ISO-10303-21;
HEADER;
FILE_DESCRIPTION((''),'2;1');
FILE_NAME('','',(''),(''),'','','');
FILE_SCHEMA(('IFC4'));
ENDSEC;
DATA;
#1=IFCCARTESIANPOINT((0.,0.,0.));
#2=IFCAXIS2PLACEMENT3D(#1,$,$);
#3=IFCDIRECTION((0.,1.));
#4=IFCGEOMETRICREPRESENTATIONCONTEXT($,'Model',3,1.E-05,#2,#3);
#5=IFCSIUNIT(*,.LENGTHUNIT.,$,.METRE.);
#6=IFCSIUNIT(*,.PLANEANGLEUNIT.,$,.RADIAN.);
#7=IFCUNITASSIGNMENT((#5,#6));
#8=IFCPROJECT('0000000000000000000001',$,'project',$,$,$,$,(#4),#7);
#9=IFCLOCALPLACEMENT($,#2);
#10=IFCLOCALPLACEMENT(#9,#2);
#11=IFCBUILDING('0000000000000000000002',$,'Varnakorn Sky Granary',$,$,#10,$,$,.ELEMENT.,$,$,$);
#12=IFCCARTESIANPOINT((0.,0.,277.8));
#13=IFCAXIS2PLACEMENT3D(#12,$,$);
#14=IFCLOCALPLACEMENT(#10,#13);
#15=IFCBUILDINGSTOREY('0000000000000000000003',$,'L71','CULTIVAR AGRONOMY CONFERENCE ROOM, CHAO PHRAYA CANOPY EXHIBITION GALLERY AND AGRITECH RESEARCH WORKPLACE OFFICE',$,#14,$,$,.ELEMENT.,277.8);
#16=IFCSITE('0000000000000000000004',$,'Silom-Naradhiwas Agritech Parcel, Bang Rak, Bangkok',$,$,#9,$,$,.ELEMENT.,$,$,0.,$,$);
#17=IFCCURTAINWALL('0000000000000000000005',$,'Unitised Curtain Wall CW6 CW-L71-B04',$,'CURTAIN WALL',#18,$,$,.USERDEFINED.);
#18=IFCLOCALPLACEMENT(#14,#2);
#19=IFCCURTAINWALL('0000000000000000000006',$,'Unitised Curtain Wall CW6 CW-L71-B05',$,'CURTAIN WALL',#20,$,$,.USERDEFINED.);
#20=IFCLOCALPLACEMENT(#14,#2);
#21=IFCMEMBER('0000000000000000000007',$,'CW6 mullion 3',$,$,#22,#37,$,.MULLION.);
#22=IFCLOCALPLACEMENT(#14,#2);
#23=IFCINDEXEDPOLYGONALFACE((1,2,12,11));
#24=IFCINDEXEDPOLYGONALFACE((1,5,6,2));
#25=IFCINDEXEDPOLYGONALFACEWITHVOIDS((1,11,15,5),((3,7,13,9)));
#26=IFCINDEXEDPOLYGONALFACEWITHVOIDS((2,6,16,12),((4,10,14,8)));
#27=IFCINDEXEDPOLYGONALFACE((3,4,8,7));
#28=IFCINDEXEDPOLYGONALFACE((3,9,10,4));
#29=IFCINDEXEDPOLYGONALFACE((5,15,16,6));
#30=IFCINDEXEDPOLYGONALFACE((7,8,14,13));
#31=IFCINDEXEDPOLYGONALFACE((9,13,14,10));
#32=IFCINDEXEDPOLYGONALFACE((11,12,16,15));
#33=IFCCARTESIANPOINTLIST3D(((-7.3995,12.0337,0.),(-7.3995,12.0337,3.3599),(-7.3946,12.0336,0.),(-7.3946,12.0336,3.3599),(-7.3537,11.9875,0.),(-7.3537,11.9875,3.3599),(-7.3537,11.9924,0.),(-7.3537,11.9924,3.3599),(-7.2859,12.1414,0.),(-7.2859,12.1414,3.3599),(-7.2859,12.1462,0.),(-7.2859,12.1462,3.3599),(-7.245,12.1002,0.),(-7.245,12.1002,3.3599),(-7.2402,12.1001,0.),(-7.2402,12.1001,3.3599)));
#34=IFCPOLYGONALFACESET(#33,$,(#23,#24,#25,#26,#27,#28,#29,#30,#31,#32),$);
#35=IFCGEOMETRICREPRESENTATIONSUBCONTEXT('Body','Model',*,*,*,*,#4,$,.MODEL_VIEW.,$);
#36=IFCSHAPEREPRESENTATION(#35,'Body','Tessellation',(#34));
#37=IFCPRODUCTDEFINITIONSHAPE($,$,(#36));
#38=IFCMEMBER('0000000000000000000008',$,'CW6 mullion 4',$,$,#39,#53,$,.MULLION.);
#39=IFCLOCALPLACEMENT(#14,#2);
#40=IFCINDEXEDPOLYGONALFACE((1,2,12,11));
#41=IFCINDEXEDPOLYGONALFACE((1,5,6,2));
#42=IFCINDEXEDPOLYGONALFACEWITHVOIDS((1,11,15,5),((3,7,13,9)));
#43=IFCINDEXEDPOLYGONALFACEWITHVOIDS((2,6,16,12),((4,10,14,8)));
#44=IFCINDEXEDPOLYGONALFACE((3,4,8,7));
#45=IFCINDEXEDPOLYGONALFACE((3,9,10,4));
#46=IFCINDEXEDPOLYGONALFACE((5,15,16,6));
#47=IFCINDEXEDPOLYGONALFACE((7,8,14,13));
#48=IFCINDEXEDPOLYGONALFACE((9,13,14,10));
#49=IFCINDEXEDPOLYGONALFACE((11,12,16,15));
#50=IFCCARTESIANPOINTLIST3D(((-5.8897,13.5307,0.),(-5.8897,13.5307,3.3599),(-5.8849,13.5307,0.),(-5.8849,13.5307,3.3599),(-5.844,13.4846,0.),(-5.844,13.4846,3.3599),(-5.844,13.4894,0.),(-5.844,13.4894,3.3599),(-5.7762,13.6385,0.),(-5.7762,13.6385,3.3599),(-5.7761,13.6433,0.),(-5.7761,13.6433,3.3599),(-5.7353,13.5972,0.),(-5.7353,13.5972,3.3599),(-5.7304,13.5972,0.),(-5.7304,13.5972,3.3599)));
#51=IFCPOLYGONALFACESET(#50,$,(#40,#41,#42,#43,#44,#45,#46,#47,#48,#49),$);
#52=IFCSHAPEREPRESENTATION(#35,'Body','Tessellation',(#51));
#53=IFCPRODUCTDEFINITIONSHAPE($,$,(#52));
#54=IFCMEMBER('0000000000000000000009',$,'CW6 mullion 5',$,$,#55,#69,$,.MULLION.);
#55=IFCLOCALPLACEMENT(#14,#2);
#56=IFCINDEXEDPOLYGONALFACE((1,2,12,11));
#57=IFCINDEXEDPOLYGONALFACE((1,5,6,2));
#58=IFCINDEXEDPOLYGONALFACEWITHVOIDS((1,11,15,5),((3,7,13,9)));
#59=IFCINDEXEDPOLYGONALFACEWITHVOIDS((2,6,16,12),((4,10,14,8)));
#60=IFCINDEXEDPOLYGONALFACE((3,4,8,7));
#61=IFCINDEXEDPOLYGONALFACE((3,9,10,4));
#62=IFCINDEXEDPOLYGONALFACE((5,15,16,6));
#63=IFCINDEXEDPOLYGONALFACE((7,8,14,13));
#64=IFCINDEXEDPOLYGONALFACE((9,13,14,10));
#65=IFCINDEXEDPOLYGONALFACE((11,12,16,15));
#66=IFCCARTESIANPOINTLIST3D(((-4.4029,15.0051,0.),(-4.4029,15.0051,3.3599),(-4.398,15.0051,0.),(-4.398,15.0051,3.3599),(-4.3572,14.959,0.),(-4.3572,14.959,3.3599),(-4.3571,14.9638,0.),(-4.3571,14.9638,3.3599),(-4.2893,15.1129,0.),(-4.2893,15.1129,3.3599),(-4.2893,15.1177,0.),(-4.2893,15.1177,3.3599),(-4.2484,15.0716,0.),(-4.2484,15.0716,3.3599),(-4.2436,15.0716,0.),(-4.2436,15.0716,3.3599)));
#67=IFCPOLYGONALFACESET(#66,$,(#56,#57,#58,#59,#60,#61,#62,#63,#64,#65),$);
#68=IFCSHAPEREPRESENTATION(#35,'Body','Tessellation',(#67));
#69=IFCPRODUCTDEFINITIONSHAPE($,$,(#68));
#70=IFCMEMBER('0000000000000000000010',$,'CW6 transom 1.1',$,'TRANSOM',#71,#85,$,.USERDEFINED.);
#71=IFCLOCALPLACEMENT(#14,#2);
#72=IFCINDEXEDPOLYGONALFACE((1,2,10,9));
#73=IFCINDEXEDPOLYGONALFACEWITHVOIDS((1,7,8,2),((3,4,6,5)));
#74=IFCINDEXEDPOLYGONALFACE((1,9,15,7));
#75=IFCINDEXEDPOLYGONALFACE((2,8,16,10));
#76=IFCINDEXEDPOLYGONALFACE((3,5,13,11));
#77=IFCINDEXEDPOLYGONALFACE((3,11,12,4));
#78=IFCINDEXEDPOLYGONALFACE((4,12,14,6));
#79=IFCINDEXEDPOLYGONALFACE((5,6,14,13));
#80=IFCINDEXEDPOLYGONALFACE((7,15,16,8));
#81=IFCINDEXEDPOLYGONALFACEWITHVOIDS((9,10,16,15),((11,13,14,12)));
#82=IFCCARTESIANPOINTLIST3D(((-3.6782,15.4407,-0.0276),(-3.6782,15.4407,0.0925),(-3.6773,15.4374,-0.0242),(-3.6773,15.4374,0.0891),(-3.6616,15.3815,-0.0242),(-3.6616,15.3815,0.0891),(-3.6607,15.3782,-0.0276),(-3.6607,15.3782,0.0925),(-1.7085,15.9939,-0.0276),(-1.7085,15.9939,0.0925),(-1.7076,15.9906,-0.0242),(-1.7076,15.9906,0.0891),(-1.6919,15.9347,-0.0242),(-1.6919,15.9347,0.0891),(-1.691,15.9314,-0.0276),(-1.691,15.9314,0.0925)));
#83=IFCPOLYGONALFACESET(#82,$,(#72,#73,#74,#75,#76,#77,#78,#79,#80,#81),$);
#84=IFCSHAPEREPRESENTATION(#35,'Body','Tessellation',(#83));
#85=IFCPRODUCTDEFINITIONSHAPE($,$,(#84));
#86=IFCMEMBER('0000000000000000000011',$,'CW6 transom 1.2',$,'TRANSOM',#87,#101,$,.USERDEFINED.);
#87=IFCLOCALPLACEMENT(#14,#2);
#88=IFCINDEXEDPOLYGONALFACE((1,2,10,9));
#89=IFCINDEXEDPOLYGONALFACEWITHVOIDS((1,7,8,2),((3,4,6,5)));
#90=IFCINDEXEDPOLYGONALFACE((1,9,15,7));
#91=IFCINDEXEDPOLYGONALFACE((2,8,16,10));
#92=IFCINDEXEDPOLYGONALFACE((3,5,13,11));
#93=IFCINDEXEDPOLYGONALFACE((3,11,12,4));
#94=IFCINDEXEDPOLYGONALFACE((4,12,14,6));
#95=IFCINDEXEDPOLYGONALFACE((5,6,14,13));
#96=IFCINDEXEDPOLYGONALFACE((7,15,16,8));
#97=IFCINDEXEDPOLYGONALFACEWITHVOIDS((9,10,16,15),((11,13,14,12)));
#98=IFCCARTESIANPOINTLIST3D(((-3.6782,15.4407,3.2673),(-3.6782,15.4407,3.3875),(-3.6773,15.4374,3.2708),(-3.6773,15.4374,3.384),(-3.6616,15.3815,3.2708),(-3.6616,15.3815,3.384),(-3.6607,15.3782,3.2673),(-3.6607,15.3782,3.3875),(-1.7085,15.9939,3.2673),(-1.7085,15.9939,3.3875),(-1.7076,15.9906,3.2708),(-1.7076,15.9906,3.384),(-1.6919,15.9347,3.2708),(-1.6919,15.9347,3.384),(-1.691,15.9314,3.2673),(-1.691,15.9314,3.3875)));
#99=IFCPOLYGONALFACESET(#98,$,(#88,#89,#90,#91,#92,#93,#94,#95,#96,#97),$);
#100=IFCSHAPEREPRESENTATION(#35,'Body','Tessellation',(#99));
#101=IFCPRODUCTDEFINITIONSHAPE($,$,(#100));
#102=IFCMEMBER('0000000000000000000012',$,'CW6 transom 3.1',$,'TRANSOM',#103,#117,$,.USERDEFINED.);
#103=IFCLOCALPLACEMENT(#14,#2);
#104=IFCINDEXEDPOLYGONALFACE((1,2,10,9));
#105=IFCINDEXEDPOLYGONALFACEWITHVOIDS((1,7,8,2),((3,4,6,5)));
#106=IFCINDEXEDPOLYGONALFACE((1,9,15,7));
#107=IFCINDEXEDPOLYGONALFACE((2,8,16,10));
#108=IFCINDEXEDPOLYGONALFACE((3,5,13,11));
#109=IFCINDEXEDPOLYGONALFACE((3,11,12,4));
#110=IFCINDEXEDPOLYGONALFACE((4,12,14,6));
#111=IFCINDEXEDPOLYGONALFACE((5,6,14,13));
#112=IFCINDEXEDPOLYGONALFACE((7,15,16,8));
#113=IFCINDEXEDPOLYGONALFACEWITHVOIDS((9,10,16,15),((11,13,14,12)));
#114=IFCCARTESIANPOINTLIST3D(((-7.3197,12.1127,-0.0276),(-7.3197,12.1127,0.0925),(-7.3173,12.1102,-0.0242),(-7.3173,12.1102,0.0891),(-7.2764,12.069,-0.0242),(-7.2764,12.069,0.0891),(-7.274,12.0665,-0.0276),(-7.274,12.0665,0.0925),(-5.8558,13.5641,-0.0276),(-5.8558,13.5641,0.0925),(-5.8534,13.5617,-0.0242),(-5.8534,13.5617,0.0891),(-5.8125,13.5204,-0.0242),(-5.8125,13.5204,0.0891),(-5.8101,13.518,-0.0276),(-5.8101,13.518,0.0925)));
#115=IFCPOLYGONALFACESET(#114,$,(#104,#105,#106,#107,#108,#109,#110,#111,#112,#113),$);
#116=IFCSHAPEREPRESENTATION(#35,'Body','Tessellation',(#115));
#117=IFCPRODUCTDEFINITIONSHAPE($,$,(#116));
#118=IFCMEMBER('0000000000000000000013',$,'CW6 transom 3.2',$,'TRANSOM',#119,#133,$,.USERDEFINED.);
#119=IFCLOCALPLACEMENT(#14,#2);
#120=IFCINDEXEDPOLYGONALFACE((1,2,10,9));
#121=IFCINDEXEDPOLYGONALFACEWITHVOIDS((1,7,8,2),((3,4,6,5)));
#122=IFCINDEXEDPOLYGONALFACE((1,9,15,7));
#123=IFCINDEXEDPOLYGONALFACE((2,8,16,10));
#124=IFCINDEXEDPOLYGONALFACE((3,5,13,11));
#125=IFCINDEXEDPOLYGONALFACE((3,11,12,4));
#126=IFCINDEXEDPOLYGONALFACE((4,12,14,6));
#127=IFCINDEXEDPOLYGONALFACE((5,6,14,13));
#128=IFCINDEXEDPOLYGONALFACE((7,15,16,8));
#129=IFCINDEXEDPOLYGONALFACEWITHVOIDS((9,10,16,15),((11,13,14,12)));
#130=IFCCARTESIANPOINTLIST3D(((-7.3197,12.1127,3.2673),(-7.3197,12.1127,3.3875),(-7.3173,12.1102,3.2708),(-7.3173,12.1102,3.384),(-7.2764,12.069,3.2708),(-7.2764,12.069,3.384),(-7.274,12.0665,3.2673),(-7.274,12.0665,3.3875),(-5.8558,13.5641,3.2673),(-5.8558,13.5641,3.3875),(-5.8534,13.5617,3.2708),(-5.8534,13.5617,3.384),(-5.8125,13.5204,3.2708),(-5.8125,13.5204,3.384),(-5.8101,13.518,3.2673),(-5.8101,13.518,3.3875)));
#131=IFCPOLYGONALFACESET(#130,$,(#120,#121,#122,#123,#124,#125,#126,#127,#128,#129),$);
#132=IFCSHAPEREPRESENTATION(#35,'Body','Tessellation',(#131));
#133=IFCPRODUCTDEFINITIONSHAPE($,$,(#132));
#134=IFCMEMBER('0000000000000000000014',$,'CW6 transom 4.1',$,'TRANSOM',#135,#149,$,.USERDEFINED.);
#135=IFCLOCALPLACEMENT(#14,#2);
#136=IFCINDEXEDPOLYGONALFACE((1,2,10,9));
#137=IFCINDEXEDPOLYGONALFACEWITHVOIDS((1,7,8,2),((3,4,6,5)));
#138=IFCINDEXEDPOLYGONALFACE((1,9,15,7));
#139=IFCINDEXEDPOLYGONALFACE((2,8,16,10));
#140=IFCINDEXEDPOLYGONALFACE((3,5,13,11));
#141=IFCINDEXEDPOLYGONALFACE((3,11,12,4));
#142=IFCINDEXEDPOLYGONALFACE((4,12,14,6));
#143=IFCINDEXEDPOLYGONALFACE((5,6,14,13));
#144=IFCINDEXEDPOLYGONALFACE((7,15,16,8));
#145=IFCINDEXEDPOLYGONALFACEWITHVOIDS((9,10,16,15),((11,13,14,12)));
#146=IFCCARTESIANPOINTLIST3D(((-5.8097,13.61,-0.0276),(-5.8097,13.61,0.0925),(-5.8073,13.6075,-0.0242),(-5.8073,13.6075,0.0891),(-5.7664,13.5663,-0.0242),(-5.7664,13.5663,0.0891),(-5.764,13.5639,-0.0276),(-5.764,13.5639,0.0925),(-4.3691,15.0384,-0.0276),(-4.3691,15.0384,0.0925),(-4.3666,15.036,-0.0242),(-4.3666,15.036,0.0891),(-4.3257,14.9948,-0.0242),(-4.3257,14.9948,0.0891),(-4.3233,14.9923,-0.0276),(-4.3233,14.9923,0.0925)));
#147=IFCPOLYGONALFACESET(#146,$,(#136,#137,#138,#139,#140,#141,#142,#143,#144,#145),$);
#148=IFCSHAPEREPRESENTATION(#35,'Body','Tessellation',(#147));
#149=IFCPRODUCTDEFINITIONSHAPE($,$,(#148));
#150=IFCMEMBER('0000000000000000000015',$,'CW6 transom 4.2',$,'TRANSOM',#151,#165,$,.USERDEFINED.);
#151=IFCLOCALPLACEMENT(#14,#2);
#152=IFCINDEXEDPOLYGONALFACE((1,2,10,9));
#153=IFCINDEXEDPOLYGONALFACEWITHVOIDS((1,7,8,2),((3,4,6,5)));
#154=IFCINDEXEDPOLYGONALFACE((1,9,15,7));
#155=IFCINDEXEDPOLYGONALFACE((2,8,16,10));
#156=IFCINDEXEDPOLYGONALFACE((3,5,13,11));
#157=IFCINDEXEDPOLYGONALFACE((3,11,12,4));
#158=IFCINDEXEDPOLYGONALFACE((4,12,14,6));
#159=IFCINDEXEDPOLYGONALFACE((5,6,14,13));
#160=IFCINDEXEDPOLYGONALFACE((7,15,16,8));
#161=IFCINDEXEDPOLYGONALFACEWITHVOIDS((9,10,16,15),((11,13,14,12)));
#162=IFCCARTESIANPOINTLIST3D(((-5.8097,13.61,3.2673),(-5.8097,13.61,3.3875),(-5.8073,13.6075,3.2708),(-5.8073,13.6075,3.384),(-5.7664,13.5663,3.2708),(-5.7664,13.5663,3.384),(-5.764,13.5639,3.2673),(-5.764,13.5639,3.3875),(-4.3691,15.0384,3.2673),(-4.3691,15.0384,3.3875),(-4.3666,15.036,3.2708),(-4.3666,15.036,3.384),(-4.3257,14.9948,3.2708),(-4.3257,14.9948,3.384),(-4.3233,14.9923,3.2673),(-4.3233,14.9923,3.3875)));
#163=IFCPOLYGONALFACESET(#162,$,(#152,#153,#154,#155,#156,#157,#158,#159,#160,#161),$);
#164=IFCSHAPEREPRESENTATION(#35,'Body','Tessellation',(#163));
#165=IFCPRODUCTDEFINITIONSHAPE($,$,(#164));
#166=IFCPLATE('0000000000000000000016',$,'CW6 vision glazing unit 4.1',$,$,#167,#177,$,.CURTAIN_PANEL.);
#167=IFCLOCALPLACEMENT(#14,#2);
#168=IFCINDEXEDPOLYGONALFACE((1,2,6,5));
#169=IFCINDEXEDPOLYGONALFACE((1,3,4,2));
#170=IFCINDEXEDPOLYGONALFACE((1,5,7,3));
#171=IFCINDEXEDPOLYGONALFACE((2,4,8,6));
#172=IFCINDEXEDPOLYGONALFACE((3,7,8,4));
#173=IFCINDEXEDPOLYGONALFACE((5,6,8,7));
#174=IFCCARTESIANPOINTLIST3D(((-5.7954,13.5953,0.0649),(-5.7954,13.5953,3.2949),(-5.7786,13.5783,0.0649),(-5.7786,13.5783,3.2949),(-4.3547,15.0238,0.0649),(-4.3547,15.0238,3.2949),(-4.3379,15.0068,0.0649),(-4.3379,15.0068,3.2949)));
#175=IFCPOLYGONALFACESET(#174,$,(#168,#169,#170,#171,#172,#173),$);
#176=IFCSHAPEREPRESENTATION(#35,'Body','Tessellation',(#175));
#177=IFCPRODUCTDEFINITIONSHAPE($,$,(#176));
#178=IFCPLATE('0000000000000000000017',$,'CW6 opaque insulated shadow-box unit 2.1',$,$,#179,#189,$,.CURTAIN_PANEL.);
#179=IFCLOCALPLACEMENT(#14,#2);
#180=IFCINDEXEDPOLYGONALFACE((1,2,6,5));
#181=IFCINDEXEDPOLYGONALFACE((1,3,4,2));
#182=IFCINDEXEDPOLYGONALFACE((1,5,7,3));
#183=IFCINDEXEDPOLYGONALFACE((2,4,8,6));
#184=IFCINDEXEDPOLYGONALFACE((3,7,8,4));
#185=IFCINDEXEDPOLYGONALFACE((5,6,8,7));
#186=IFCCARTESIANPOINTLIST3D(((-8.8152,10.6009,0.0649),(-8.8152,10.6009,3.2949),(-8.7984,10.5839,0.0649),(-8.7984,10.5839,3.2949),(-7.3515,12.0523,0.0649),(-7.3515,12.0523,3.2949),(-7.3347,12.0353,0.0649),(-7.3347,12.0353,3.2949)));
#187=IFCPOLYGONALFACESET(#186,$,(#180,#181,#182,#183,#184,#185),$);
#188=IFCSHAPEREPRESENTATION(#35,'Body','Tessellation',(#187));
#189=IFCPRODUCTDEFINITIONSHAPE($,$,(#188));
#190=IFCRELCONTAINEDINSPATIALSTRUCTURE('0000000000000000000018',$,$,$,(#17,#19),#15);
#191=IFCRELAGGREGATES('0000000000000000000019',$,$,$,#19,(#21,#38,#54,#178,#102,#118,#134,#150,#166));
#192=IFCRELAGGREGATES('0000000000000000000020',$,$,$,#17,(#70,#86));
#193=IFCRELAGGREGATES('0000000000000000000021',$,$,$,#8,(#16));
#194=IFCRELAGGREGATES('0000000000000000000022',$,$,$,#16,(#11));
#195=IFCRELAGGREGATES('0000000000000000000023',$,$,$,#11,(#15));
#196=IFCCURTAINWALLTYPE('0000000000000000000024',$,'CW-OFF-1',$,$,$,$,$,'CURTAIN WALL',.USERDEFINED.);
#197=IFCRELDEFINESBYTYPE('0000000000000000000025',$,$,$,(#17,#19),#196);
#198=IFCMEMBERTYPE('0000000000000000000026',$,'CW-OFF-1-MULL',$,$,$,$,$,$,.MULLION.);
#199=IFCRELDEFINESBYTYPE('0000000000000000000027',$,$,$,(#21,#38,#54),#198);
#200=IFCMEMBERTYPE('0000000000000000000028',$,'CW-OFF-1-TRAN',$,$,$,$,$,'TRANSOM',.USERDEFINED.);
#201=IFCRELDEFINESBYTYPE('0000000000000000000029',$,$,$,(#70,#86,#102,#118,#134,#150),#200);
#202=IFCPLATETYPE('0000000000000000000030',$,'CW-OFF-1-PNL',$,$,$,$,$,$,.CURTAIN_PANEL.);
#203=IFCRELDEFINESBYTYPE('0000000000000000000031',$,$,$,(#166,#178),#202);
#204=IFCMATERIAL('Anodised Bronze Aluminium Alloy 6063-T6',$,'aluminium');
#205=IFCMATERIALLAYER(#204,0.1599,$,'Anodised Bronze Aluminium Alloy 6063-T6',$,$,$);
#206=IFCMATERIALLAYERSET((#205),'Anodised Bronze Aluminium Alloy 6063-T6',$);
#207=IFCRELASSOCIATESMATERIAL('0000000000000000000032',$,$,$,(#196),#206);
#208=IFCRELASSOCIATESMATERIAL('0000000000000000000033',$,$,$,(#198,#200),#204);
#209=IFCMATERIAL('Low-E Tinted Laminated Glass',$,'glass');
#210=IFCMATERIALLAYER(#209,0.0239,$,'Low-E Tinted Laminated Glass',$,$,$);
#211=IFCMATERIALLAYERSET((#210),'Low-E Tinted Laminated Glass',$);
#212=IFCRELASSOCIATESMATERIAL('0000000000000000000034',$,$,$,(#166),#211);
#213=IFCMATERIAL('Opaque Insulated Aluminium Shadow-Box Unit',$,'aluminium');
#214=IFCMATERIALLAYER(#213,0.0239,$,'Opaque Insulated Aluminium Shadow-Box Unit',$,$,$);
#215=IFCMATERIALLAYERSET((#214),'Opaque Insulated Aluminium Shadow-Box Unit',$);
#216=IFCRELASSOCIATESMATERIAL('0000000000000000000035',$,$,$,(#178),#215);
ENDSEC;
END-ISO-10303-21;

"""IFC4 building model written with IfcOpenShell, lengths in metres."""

from ifc_helpers import new_model, si_unit, direction, frame, origin, origin_2d, place, context, subcontext, project, spatial, rectangle, hollow_rectangle, extrude, source, transform, mapped, material, layer, layer_set, material_profile, profile_set, type_object, element, aggregate, save


model = new_model("IFC4")

# Units and contexts
model_context = context("Model", 3, precision=1e-05, world=origin(), true_north=direction((0.0, 1.0)))
body_context = subcontext(model_context, "Body", "Model", "MODEL_VIEW")
ifc_project = project(units=[si_unit("LENGTHUNIT", "METRE"), si_unit("PLANEANGLEUNIT", "RADIAN")], contexts=[model_context])

# Site, building, storey
site_placement = place(None, origin())
site = spatial("IfcSite", under=ifc_project, at=site_placement, Name="Silom-Naradhiwas Agritech Parcel, Bang Rak, Bangkok", CompositionType="ELEMENT", RefElevation=0.0)
building_placement = place(site_placement, origin())
building = spatial("IfcBuilding", under=site, at=building_placement, Name="Varnakorn Sky Granary", CompositionType="ELEMENT")
storey_placement = place(building_placement, frame((0.0, 0.0, 277.8)))
storey = spatial("IfcBuildingStorey", under=building, at=storey_placement, Name="L71", Description="CULTIVAR AGRONOMY CONFERENCE ROOM, CHAO PHRAYA CANOPY EXHIBITION GALLERY AND AGRITECH RESEARCH WORKPLACE OFFICE", CompositionType="ELEMENT", Elevation=277.8)

# Curtain wall
ifc_material_1 = material(Name="Anodised Bronze Aluminium Alloy 6063-T6", Category="aluminium")
ifc_layer_1 = layer(ifc_material_1, 0.1599, Name="Anodised Bronze Aluminium Alloy 6063-T6")
ifc_layer_set_1 = layer_set([ifc_layer_1], Name="Anodised Bronze Aluminium Alloy 6063-T6")
curtain_wall_type = type_object("IfcCurtainWallType", Name="CW-OFF-1", ElementType="CURTAIN WALL", PredefinedType="USERDEFINED", material=ifc_layer_set_1)
curtain_wall_1_placement = place(storey_placement, origin())
curtain_wall_1 = element("IfcCurtainWall", 1, at=curtain_wall_1_placement, inside=storey, type_object=curtain_wall_type, Name="Unitised Curtain Wall CW6 CW-L71-B04", ObjectType="CURTAIN WALL", PredefinedType="USERDEFINED")
ifc_material_profile_1 = material_profile(ifc_material_1, hollow_rectangle(XDim=0.0649, YDim=0.1599, WallThickness=0.0034, at=origin_2d()), Name="ALU MULL 65x160")
ifc_profile_set_1 = profile_set([ifc_material_profile_1], Name="Anodised Bronze Aluminium Alloy 6063-T6")
member_type_1 = type_object("IfcMemberType", Name="CW-OFF-1-MULL", PredefinedType="MULLION", material=ifc_profile_set_1)

# Curtain wall, members
curtain_wall_2_placement = place(storey_placement, origin())
curtain_wall_2 = element("IfcCurtainWall", 2, at=curtain_wall_2_placement, inside=storey, type_object=curtain_wall_type, Name="Unitised Curtain Wall CW6 CW-L71-B05", ObjectType="CURTAIN WALL", PredefinedType="USERDEFINED")
member_1_placement = place(storey_placement, frame((-7.3198, 12.0669, 0.0), z_axis=(0.0, 0.0, 1.0), x_axis=(-0.704102, 0.710099, 0.0)))
member_1 = element("IfcMember", 3, at=member_1_placement, type_object=member_type_1, Name="CW6 mullion 3", PredefinedType="MULLION", context=body_context, shape_type="SweptSolid", body=[
    extrude(hollow_rectangle(XDim=0.0649, YDim=0.1599, WallThickness=0.0034, at=origin_2d()), origin(), (0.0, 0.0, 1.0), 3.3599),
])
member_2_placement = place(storey_placement, frame((-5.8101, 13.564, 0.0), z_axis=(0.0, 0.0, 1.0), x_axis=(-0.704102, 0.710099, 0.0)))
member_2 = element("IfcMember", 4, at=member_2_placement, type_object=member_type_1, Name="CW6 mullion 4", PredefinedType="MULLION", context=body_context, shape_type="SweptSolid", body=[
    extrude(hollow_rectangle(XDim=0.0649, YDim=0.1599, WallThickness=0.0034, at=origin_2d()), origin(), (0.0, 0.0, 1.0), 3.3599),
])
member_3_placement = place(storey_placement, frame((-4.3232, 15.0383, 0.0), z_axis=(0.0, 0.0, 1.0), x_axis=(-0.704102, 0.710099, 0.0)))
member_3 = element("IfcMember", 5, at=member_3_placement, type_object=member_type_1, Name="CW6 mullion 5", PredefinedType="MULLION", context=body_context, shape_type="SweptSolid", body=[
    extrude(hollow_rectangle(XDim=0.0649, YDim=0.1599, WallThickness=0.0034, at=origin_2d()), origin(), (0.0, 0.0, 1.0), 3.3599),
])

# Members
ifc_material_profile_2 = material_profile(ifc_material_1, hollow_rectangle(XDim=0.0649, YDim=0.1201, WallThickness=0.0034, at=origin_2d()), Name="ALU TRAN 65x120")
ifc_profile_set_2 = profile_set([ifc_material_profile_2], Name="Anodised Bronze Aluminium Alloy 6063-T6")
member_type_2 = type_object("IfcMemberType", Name="CW-OFF-1-TRAN", ElementType="TRANSOM", PredefinedType="USERDEFINED", material=ifc_profile_set_2)
member_4_placement = place(storey_placement, frame((-3.6694, 15.4094, 0.0325), z_axis=(0.962748, 0.2704, 0.0), x_axis=(-0.2704, 0.962748, 0.0)))
member_4 = element("IfcMember", 6, at=member_4_placement, type_object=member_type_2, Name="CW6 transom 1.1", ObjectType="TRANSOM", PredefinedType="USERDEFINED", context=body_context, shape_type="SweptSolid", body=[
    extrude(hollow_rectangle(XDim=0.0649, YDim=0.1201, WallThickness=0.0034, at=origin_2d()), origin(), (0.0, 0.0, 1.0), 2.0459),
])
member_5_placement = place(storey_placement, frame((-3.6694, 15.4094, 3.3274), z_axis=(0.962748, 0.2704, 0.0), x_axis=(-0.2704, 0.962748, 0.0)))
member_5 = element("IfcMember", 7, at=member_5_placement, type_object=member_type_2, Name="CW6 transom 1.2", ObjectType="TRANSOM", PredefinedType="USERDEFINED", context=body_context, shape_type="SweptSolid", body=[
    extrude(hollow_rectangle(XDim=0.0649, YDim=0.1201, WallThickness=0.0034, at=origin_2d()), origin(), (0.0, 0.0, 1.0), 2.0459),
])
member_6_placement = place(storey_placement, frame((-7.2969, 12.0896, 0.0325), z_axis=(0.71012, 0.70408, 0.0), x_axis=(-0.70408, 0.71012, 0.0)))
member_6 = element("IfcMember", 8, at=member_6_placement, type_object=member_type_2, Name="CW6 transom 3.1", ObjectType="TRANSOM", PredefinedType="USERDEFINED", context=body_context, shape_type="SweptSolid", body=[
    extrude(hollow_rectangle(XDim=0.0649, YDim=0.1201, WallThickness=0.0034, at=origin_2d()), origin(), (0.0, 0.0, 1.0), 2.0615),
])
member_7_placement = place(storey_placement, frame((-7.2969, 12.0896, 3.3274), z_axis=(0.71012, 0.70408, 0.0), x_axis=(-0.70408, 0.71012, 0.0)))
member_7 = element("IfcMember", 9, at=member_7_placement, type_object=member_type_2, Name="CW6 transom 3.2", ObjectType="TRANSOM", PredefinedType="USERDEFINED", context=body_context, shape_type="SweptSolid", body=[
    extrude(hollow_rectangle(XDim=0.0649, YDim=0.1201, WallThickness=0.0034, at=origin_2d()), origin(), (0.0, 0.0, 1.0), 2.0615),
])
member_8_placement = place(storey_placement, frame((-5.7869, 13.5869, 0.0325), z_axis=(0.710109, 0.704092, 0.0), x_axis=(-0.704092, 0.710109, 0.0)))
member_8 = element("IfcMember", 10, at=member_8_placement, type_object=member_type_2, Name="CW6 transom 4.1", ObjectType="TRANSOM", PredefinedType="USERDEFINED", context=body_context, shape_type="SweptSolid", body=[
    extrude(hollow_rectangle(XDim=0.0649, YDim=0.1201, WallThickness=0.0034, at=origin_2d()), origin(), (0.0, 0.0, 1.0), 2.0288),
])
member_9_placement = place(storey_placement, frame((-5.7869, 13.5869, 3.3274), z_axis=(0.710109, 0.704092, 0.0), x_axis=(-0.704092, 0.710109, 0.0)))
member_9 = element("IfcMember", 11, at=member_9_placement, type_object=member_type_2, Name="CW6 transom 4.2", ObjectType="TRANSOM", PredefinedType="USERDEFINED", context=body_context, shape_type="SweptSolid", body=[
    extrude(hollow_rectangle(XDim=0.0649, YDim=0.1201, WallThickness=0.0034, at=origin_2d()), origin(), (0.0, 0.0, 1.0), 2.0288),
])

# Plates
ifc_material_2 = material(Name="Low-E Tinted Laminated Glass", Category="glass")
ifc_layer_2 = layer(ifc_material_2, 0.0239, Name="Low-E Tinted Laminated Glass")
ifc_layer_set_2 = layer_set([ifc_layer_2], Name="Low-E Tinted Laminated Glass")
plate_type = type_object("IfcPlateType", Name="CW-OFF-1-PNL", PredefinedType="CURTAIN_PANEL")
shared_shape_1 = source(origin(), body_context, "Body", "SweptSolid", [
    extrude(rectangle(XDim=2.0288, YDim=0.0239, at=origin_2d()), origin(), (0.0, 0.0, 1.0), 3.23),
])
plate_1_placement = place(storey_placement, frame((-5.0667, 14.301, 0.0649), z_axis=(0.0, 0.0, 1.0), x_axis=(0.710099, 0.704102, 0.0)))
plate_1 = element("IfcPlate", 12, at=plate_1_placement, type_object=plate_type, material=ifc_layer_set_2, Name="CW6 vision glazing unit 4.1", PredefinedType="CURTAIN_PANEL", context=body_context, shape_type="MappedRepresentation", body=[
    mapped(shared_shape_1, transform((0.0, 0.0, 0.0), x_axis=(1.0, 0.0, 0.0), y_axis=(0.0, 1.0, 0.0), z_axis=(0.0, 0.0, 1.0), scale=1.0)),
])
ifc_material_3 = material(Name="Opaque Insulated Aluminium Shadow-Box Unit", Category="aluminium")
ifc_layer_3 = layer(ifc_material_3, 0.0239, Name="Opaque Insulated Aluminium Shadow-Box Unit")
ifc_layer_set_3 = layer_set([ifc_layer_3], Name="Opaque Insulated Aluminium Shadow-Box Unit")
shared_shape_2 = source(origin(), body_context, "Body", "SweptSolid", [
    extrude(rectangle(XDim=2.0613, YDim=0.0239, at=origin_2d()), origin(), (0.0, 0.0, 1.0), 3.23),
])
plate_2_placement = place(storey_placement, frame((-8.075, 11.3181, 0.0649), z_axis=(0.0, 0.0, 1.0), x_axis=(0.710099, 0.704102, 0.0)))
plate_2 = element("IfcPlate", 13, at=plate_2_placement, type_object=plate_type, material=ifc_layer_set_3, Name="CW6 opaque insulated shadow-box unit 2.1", PredefinedType="CURTAIN_PANEL", context=body_context, shape_type="MappedRepresentation", body=[
    mapped(shared_shape_2, transform((0.0, 0.0, 0.0), x_axis=(1.0, 0.0, 0.0), y_axis=(0.0, 1.0, 0.0), z_axis=(0.0, 0.0, 1.0), scale=1.0)),
])
aggregate(curtain_wall_2, [member_1, member_2, member_3, plate_2, member_6, member_7, member_8, member_9, plate_1])
aggregate(curtain_wall_1, [member_4, member_5])

save(model, "model.ifc")
